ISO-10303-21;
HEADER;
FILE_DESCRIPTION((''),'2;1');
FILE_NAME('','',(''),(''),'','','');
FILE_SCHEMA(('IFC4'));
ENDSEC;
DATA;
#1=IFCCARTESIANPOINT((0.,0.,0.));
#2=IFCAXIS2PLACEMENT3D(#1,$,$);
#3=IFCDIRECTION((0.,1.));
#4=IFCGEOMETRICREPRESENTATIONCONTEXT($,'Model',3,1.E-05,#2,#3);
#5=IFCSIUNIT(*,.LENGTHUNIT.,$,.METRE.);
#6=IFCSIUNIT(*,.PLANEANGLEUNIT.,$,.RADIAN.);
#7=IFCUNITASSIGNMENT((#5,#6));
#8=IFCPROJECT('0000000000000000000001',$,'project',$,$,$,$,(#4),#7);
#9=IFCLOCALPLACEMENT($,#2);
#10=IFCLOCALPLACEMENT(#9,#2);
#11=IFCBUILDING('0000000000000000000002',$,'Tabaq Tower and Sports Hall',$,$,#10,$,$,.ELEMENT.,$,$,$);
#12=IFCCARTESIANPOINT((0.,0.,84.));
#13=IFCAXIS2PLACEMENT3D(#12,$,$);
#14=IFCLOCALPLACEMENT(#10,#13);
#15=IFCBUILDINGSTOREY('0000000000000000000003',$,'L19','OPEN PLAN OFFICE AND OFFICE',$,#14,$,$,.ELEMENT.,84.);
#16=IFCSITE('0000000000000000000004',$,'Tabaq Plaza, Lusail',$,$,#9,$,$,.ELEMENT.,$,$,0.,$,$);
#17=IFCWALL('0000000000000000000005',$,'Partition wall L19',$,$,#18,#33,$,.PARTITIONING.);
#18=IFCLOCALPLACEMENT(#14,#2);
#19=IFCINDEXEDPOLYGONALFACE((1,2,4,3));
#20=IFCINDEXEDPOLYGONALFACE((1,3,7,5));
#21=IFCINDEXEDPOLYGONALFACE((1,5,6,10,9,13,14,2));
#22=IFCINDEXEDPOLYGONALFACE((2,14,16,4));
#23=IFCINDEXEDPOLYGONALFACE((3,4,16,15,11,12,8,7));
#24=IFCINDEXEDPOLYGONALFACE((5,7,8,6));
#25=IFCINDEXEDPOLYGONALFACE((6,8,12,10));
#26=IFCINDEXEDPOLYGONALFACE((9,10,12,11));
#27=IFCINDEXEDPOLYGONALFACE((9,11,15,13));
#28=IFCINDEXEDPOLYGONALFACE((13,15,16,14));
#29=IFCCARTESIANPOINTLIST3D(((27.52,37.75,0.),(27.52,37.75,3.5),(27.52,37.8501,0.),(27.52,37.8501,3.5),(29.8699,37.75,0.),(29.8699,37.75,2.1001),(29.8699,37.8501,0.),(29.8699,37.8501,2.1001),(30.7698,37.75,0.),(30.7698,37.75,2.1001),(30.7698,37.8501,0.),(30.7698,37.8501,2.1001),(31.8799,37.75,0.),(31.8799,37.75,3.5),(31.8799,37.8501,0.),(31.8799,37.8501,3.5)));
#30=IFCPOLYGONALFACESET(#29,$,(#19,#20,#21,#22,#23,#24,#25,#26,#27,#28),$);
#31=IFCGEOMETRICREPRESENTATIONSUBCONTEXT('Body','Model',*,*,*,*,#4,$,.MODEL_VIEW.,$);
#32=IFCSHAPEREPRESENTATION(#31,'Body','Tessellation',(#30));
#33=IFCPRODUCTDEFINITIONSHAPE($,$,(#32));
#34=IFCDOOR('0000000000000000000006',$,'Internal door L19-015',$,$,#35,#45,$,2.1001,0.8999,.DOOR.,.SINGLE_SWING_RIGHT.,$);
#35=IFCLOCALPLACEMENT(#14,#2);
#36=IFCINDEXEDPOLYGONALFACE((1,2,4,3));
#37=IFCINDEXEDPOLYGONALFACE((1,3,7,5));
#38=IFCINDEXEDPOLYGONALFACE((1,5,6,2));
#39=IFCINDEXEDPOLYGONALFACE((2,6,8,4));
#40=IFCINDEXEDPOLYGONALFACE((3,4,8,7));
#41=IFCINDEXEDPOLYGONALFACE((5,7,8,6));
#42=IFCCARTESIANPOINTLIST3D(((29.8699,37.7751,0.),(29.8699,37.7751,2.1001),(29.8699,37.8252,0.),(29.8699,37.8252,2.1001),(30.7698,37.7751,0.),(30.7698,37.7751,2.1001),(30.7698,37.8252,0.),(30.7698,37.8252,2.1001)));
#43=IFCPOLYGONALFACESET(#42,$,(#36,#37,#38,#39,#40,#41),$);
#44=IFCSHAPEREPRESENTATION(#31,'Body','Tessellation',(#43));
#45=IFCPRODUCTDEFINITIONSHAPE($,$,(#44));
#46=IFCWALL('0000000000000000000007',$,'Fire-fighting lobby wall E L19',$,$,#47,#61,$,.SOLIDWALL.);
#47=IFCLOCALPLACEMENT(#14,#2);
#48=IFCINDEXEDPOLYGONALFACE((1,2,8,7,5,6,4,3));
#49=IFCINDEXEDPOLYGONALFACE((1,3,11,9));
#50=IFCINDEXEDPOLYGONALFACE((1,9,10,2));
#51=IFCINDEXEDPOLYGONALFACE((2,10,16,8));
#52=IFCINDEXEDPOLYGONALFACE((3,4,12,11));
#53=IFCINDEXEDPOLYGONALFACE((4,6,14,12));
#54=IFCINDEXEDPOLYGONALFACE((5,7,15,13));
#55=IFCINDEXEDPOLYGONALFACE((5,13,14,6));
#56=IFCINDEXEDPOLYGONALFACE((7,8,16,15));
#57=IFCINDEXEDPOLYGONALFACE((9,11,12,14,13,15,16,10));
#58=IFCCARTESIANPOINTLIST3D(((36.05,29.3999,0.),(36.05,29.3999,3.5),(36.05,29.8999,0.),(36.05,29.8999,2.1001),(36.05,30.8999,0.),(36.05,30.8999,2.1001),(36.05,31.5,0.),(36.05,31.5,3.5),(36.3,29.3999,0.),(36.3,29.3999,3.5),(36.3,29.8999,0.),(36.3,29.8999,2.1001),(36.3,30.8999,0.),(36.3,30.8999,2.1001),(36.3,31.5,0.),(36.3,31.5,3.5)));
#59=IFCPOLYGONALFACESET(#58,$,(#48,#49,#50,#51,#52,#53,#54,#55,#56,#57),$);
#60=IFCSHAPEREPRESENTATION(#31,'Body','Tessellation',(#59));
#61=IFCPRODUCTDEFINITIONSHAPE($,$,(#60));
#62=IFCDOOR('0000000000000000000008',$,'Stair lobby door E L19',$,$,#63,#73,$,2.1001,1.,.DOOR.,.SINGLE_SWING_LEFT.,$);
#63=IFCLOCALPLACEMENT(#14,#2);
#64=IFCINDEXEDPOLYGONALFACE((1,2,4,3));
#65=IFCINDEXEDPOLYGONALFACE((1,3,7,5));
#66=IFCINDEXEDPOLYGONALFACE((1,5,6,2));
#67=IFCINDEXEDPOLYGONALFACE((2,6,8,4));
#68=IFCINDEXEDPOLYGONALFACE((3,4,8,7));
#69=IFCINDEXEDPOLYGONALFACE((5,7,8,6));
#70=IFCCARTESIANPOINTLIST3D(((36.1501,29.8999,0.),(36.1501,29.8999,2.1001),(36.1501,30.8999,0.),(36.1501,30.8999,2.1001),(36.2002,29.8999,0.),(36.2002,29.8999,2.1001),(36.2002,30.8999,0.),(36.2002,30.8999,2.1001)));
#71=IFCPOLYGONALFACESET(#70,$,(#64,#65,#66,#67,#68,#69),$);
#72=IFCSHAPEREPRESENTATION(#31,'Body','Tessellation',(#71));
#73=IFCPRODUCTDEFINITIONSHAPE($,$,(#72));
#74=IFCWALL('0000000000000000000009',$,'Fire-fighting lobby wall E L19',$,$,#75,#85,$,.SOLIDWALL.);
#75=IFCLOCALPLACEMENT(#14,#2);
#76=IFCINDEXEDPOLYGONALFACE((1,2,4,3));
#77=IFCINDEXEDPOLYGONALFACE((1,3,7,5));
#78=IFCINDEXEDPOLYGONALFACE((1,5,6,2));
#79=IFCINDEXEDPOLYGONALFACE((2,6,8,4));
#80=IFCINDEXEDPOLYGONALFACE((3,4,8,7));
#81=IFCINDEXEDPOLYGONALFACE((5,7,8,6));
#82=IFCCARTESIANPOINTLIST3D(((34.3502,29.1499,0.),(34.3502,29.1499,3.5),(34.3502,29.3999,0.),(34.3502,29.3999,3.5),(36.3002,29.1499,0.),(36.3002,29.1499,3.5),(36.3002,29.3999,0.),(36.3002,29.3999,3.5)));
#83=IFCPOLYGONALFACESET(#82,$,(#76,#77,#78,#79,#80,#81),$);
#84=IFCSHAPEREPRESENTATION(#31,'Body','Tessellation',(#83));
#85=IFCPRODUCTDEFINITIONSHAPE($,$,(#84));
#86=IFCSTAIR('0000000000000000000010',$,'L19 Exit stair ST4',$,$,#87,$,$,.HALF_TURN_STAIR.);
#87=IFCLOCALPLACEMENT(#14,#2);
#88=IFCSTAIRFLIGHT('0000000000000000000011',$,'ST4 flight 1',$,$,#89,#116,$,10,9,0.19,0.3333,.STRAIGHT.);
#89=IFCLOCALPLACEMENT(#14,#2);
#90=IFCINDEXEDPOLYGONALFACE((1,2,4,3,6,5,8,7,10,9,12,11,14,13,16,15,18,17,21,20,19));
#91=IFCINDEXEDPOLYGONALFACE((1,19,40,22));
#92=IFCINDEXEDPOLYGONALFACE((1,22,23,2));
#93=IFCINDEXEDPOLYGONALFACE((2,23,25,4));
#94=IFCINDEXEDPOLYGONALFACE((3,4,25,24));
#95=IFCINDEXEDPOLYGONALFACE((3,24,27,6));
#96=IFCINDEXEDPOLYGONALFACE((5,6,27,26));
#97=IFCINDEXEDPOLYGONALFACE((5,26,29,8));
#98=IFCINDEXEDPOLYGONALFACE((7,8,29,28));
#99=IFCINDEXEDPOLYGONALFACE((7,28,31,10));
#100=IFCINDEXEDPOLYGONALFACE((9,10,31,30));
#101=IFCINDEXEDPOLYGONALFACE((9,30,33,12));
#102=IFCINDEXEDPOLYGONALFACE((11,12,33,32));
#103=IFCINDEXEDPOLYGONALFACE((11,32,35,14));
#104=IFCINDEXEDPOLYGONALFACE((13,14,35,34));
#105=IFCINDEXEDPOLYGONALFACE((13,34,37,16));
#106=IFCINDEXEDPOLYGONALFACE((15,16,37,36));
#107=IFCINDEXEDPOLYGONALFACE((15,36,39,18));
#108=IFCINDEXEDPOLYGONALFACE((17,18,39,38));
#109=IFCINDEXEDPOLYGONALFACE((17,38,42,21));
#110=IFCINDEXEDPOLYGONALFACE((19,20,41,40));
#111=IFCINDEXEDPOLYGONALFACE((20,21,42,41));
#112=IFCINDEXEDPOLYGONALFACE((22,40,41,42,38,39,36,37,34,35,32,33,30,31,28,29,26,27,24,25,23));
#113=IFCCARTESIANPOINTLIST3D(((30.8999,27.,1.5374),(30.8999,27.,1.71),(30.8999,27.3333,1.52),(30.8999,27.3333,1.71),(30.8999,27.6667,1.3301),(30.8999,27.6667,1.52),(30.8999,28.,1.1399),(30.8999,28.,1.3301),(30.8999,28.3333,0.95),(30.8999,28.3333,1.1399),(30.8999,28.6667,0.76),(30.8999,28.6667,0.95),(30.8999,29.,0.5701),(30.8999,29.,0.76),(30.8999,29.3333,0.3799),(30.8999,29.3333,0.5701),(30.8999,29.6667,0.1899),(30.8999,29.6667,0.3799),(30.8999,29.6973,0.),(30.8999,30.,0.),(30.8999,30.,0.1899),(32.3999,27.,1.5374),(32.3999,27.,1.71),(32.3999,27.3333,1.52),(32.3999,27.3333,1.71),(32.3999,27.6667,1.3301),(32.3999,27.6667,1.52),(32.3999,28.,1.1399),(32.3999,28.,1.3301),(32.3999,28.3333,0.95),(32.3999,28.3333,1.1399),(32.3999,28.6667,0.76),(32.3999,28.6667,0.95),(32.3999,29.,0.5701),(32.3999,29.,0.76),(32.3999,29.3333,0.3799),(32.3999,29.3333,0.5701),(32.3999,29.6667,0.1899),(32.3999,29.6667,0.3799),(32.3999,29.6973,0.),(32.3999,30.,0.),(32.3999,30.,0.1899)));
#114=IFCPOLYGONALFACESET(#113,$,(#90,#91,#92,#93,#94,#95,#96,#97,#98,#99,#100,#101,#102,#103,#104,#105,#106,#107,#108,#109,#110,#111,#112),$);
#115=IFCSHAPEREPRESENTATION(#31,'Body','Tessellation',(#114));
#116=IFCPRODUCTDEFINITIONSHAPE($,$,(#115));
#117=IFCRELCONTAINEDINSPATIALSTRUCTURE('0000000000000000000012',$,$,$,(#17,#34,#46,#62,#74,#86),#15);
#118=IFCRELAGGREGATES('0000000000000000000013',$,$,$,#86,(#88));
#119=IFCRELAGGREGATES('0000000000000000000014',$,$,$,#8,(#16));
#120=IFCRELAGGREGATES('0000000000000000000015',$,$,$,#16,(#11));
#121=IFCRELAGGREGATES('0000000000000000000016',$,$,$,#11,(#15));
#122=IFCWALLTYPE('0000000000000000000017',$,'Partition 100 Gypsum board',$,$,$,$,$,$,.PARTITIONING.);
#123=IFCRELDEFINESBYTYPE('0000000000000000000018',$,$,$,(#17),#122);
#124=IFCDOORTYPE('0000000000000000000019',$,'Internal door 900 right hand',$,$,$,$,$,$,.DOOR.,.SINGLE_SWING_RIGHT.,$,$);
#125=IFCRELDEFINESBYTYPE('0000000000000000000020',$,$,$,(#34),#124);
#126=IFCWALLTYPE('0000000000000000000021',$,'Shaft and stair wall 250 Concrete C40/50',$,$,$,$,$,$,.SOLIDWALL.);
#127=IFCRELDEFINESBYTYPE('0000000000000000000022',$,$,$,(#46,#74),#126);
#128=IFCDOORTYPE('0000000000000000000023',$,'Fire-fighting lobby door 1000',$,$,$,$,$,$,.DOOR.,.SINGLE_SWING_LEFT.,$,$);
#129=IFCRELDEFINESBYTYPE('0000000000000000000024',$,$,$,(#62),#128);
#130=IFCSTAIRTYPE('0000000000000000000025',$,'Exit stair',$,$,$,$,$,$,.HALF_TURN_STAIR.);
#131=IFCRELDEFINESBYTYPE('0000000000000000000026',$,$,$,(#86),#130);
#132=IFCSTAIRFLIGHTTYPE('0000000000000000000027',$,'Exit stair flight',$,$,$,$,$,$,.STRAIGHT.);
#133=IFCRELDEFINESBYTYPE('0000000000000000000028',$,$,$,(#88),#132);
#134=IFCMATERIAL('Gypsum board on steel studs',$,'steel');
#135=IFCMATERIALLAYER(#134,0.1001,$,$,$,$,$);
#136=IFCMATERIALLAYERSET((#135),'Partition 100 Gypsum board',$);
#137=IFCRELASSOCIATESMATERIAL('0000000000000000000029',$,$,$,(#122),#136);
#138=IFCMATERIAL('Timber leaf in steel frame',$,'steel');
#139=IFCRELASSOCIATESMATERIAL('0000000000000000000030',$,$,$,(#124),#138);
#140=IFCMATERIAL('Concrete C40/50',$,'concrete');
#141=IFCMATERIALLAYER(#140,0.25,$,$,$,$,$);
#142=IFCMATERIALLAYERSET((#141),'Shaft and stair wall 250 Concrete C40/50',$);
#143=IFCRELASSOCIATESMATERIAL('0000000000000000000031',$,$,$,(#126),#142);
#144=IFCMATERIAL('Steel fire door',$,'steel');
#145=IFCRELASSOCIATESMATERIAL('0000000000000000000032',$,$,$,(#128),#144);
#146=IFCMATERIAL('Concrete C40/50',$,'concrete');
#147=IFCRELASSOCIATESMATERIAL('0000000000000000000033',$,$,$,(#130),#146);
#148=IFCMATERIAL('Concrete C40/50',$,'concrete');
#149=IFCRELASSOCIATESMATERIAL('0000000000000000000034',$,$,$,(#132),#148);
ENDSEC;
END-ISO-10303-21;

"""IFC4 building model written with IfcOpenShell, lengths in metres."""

from ifc_helpers import new_model, si_unit, direction, frame, frame_2d, origin, place, context, subcontext, project, spatial, polyline, rectangle, outline, extrude, material, layer, layer_set, type_object, element, fill, aggregate, save


model = new_model("IFC4")

# Units and contexts
model_context = context("Model", 3, precision=1e-05, world=origin(), true_north=direction((0.0, 1.0)))
body_context = subcontext(model_context, "Body", "Model", "MODEL_VIEW")
ifc_project = project(units=[si_unit("LENGTHUNIT", "METRE"), si_unit("PLANEANGLEUNIT", "RADIAN")], contexts=[model_context])

# Site, building, storey
site_placement = place(None, origin())
site = spatial("IfcSite", under=ifc_project, at=site_placement, Name="Tabaq Plaza, Lusail", CompositionType="ELEMENT", RefElevation=0.0)
building_placement = place(site_placement, origin())
building = spatial("IfcBuilding", under=site, at=building_placement, Name="Tabaq Tower and Sports Hall", CompositionType="ELEMENT")
storey_placement = place(building_placement, frame((0.0, 0.0, 84.0)))
storey = spatial("IfcBuildingStorey", under=building, at=storey_placement, Name="L19", Description="OPEN PLAN OFFICE AND OFFICE", CompositionType="ELEMENT", Elevation=84.0)

# Shared definitions
ifc_material_1 = material(Name="Gypsum board on steel studs", Category="steel")
ifc_layer_1 = layer(ifc_material_1, 0.1001)
ifc_layer_set_1 = layer_set([ifc_layer_1], Name="Partition 100 Gypsum board")
wall_type_1 = type_object("IfcWallType", Name="Partition 100 Gypsum board", PredefinedType="PARTITIONING", material=ifc_layer_set_1)

# Walls, openings, doors
wall_1_placement = place(storey_placement, frame((31.8799, 37.8, 0.0), z_axis=(0.0, 0.0, 1.0), x_axis=(-1.0, 0.0, 0.0)))
wall_1 = element("IfcWall", 1, at=wall_1_placement, inside=storey, type_object=wall_type_1, Name="Partition wall L19", PredefinedType="PARTITIONING", context=body_context, shape_type="SweptSolid", body=[
    extrude(rectangle(XDim=4.3599, YDim=0.1001, at=frame_2d((2.1799, 0.0))), origin(), (0.0, 0.0, 1.0), 3.5),
])
opening_1_placement = place(wall_1_placement, frame((1.1101, 0.0, 0.0)))
opening_1 = element("IfcOpeningElement", 2, at=opening_1_placement, cuts=wall_1, PredefinedType="OPENING", context=body_context, shape_type="SweptSolid", body=[
    extrude(rectangle(XDim=0.8999, YDim=2.1001, at=frame_2d((0.45, 1.05))), frame((0.0, 0.05, 0.0), z_axis=(0.0, -1.0, 0.0), x_axis=(1.0, 0.0, 0.0)), (0.0, 0.0, 1.0), 0.1001),
])
ifc_material_2 = material(Name="Timber leaf in steel frame", Category="steel")
door_type_1 = type_object("IfcDoorType", Name="Internal door 900 right hand", OperationType="SINGLE_SWING_RIGHT", PredefinedType="DOOR", material=ifc_material_2)
door_1_placement = place(opening_1_placement, origin())
door_1 = element("IfcDoor", 3, at=door_1_placement, inside=storey, type_object=door_type_1, Name="Internal door L19-015", OperationType="SINGLE_SWING_RIGHT", OverallHeight=2.1001, OverallWidth=0.8999, PredefinedType="DOOR", context=body_context, shape_type="SweptSolid", body=[
    extrude(rectangle(XDim=0.8999, YDim=2.1001, at=frame_2d((0.45, 1.05))), frame((0.0, 0.0249, 0.0), z_axis=(0.0, -1.0, 0.0), x_axis=(1.0, 0.0, 0.0)), (0.0, 0.0, 1.0), 0.05),
])
fill(opening_1, door_1)
ifc_material_3 = material(Name="Concrete C40/50", Category="concrete")
ifc_layer_2 = layer(ifc_material_3, 0.25)
ifc_layer_set_2 = layer_set([ifc_layer_2], Name="Shaft and stair wall 250 Concrete C40/50")
wall_type_2 = type_object("IfcWallType", Name="Shaft and stair wall 250 Concrete C40/50", PredefinedType="SOLIDWALL", material=ifc_layer_set_2)
wall_2_placement = place(storey_placement, frame((36.175, 29.3999, 0.0), z_axis=(0.0, 0.0, 1.0), x_axis=(0.0, 1.0, 0.0)))
wall_2 = element("IfcWall", 4, at=wall_2_placement, inside=storey, type_object=wall_type_2, Name="Fire-fighting lobby wall E L19", PredefinedType="SOLIDWALL", context=body_context, shape_type="SweptSolid", body=[
    extrude(rectangle(XDim=2.1001, YDim=0.25, at=frame_2d((1.05, 0.0))), origin(), (0.0, 0.0, 1.0), 3.5),
])
opening_2_placement = place(wall_2_placement, frame((0.5, 0.0, 0.0)))
opening_2 = element("IfcOpeningElement", 5, at=opening_2_placement, cuts=wall_2, PredefinedType="OPENING", context=body_context, shape_type="SweptSolid", body=[
    extrude(rectangle(XDim=1.0, YDim=2.1001, at=frame_2d((0.5, 1.05))), frame((0.0, 0.125, 0.0), z_axis=(0.0, -1.0, 0.0), x_axis=(1.0, 0.0, 0.0)), (0.0, 0.0, 1.0), 0.25),
])
ifc_material_4 = material(Name="Steel fire door", Category="steel")
door_type_2 = type_object("IfcDoorType", Name="Fire-fighting lobby door 1000", OperationType="SINGLE_SWING_LEFT", PredefinedType="DOOR", material=ifc_material_4)
door_2_placement = place(opening_2_placement, origin())
door_2 = element("IfcDoor", 6, at=door_2_placement, inside=storey, type_object=door_type_2, Name="Stair lobby door E L19", OperationType="SINGLE_SWING_LEFT", OverallHeight=2.1001, OverallWidth=1.0, PredefinedType="DOOR", context=body_context, shape_type="SweptSolid", body=[
    extrude(rectangle(XDim=1.0, YDim=2.1001, at=frame_2d((0.5, 1.05))), frame((0.0, 0.0249, 0.0), z_axis=(0.0, -1.0, 0.0), x_axis=(1.0, 0.0, 0.0)), (0.0, 0.0, 1.0), 0.05),
])
fill(opening_2, door_2)

# Wall
wall_3_placement = place(storey_placement, frame((34.3501, 29.2749, 0.0), z_axis=(0.0, 0.0, 1.0), x_axis=(1.0, 0.0, 0.0)))
element("IfcWall", 7, at=wall_3_placement, inside=storey, type_object=wall_type_2, Name="Fire-fighting lobby wall E L19", PredefinedType="SOLIDWALL", context=body_context, shape_type="SweptSolid", body=[
    extrude(rectangle(XDim=1.95, YDim=0.25, at=frame_2d((0.9751, 0.0))), origin(), (0.0, 0.0, 1.0), 3.5),
])

# Stair, stair flight
ifc_material_5 = material(Name="Concrete C40/50", Category="concrete")
stair_type = type_object("IfcStairType", Name="Exit stair", PredefinedType="HALF_TURN_STAIR", material=ifc_material_5)
stair_placement = place(storey_placement, origin())
stair = element("IfcStair", 8, at=stair_placement, inside=storey, type_object=stair_type, Name="L19 Exit stair ST4", PredefinedType="HALF_TURN_STAIR")
ifc_material_6 = material(Name="Concrete C40/50", Category="concrete")
stair_flight_type = type_object("IfcStairFlightType", Name="Exit stair flight", PredefinedType="STRAIGHT", material=ifc_material_6)
stair_flight_placement = place(storey_placement, frame((31.6499, 30.0, 0.0), z_axis=(0.0, 0.0, 1.0), x_axis=(0.0, -1.0, 0.0)))
stair_flight = element("IfcStairFlight", 9, at=stair_flight_placement, type_object=stair_flight_type, Name="ST4 flight 1", NumberOfRisers=10, NumberOfTreads=9, PredefinedType="STRAIGHT", RiserHeight=0.19, TreadLength=0.3333, context=body_context, shape_type="SweptSolid", body=[
    extrude(outline(polyline([(0.0, 0.0), (0.0, 0.1899), (0.3333, 0.1899), (0.3333, 0.3799), (0.6667, 0.3799), (0.6667, 0.5701), (1.0, 0.5701), (1.0, 0.76), (1.3333, 0.76), (1.3333, 0.95), (1.6667, 0.95), (1.6667, 1.1399), (2.0, 1.1399), (2.0, 1.3301), (2.3333, 1.3301), (2.3333, 1.52), (2.6667, 1.52), (2.6667, 1.71), (3.0, 1.71), (3.0, 1.8999), (3.0, 1.5374), (0.3027, 0.0), (0.0, 0.0)])), frame((0.0, 0.75, 0.0), z_axis=(0.0, -1.0, 0.0), x_axis=(1.0, 0.0, 0.0)), (0.0, 0.0, 1.0), 1.5),
])
aggregate(stair, [stair_flight])

save(model, "model.ifc")
